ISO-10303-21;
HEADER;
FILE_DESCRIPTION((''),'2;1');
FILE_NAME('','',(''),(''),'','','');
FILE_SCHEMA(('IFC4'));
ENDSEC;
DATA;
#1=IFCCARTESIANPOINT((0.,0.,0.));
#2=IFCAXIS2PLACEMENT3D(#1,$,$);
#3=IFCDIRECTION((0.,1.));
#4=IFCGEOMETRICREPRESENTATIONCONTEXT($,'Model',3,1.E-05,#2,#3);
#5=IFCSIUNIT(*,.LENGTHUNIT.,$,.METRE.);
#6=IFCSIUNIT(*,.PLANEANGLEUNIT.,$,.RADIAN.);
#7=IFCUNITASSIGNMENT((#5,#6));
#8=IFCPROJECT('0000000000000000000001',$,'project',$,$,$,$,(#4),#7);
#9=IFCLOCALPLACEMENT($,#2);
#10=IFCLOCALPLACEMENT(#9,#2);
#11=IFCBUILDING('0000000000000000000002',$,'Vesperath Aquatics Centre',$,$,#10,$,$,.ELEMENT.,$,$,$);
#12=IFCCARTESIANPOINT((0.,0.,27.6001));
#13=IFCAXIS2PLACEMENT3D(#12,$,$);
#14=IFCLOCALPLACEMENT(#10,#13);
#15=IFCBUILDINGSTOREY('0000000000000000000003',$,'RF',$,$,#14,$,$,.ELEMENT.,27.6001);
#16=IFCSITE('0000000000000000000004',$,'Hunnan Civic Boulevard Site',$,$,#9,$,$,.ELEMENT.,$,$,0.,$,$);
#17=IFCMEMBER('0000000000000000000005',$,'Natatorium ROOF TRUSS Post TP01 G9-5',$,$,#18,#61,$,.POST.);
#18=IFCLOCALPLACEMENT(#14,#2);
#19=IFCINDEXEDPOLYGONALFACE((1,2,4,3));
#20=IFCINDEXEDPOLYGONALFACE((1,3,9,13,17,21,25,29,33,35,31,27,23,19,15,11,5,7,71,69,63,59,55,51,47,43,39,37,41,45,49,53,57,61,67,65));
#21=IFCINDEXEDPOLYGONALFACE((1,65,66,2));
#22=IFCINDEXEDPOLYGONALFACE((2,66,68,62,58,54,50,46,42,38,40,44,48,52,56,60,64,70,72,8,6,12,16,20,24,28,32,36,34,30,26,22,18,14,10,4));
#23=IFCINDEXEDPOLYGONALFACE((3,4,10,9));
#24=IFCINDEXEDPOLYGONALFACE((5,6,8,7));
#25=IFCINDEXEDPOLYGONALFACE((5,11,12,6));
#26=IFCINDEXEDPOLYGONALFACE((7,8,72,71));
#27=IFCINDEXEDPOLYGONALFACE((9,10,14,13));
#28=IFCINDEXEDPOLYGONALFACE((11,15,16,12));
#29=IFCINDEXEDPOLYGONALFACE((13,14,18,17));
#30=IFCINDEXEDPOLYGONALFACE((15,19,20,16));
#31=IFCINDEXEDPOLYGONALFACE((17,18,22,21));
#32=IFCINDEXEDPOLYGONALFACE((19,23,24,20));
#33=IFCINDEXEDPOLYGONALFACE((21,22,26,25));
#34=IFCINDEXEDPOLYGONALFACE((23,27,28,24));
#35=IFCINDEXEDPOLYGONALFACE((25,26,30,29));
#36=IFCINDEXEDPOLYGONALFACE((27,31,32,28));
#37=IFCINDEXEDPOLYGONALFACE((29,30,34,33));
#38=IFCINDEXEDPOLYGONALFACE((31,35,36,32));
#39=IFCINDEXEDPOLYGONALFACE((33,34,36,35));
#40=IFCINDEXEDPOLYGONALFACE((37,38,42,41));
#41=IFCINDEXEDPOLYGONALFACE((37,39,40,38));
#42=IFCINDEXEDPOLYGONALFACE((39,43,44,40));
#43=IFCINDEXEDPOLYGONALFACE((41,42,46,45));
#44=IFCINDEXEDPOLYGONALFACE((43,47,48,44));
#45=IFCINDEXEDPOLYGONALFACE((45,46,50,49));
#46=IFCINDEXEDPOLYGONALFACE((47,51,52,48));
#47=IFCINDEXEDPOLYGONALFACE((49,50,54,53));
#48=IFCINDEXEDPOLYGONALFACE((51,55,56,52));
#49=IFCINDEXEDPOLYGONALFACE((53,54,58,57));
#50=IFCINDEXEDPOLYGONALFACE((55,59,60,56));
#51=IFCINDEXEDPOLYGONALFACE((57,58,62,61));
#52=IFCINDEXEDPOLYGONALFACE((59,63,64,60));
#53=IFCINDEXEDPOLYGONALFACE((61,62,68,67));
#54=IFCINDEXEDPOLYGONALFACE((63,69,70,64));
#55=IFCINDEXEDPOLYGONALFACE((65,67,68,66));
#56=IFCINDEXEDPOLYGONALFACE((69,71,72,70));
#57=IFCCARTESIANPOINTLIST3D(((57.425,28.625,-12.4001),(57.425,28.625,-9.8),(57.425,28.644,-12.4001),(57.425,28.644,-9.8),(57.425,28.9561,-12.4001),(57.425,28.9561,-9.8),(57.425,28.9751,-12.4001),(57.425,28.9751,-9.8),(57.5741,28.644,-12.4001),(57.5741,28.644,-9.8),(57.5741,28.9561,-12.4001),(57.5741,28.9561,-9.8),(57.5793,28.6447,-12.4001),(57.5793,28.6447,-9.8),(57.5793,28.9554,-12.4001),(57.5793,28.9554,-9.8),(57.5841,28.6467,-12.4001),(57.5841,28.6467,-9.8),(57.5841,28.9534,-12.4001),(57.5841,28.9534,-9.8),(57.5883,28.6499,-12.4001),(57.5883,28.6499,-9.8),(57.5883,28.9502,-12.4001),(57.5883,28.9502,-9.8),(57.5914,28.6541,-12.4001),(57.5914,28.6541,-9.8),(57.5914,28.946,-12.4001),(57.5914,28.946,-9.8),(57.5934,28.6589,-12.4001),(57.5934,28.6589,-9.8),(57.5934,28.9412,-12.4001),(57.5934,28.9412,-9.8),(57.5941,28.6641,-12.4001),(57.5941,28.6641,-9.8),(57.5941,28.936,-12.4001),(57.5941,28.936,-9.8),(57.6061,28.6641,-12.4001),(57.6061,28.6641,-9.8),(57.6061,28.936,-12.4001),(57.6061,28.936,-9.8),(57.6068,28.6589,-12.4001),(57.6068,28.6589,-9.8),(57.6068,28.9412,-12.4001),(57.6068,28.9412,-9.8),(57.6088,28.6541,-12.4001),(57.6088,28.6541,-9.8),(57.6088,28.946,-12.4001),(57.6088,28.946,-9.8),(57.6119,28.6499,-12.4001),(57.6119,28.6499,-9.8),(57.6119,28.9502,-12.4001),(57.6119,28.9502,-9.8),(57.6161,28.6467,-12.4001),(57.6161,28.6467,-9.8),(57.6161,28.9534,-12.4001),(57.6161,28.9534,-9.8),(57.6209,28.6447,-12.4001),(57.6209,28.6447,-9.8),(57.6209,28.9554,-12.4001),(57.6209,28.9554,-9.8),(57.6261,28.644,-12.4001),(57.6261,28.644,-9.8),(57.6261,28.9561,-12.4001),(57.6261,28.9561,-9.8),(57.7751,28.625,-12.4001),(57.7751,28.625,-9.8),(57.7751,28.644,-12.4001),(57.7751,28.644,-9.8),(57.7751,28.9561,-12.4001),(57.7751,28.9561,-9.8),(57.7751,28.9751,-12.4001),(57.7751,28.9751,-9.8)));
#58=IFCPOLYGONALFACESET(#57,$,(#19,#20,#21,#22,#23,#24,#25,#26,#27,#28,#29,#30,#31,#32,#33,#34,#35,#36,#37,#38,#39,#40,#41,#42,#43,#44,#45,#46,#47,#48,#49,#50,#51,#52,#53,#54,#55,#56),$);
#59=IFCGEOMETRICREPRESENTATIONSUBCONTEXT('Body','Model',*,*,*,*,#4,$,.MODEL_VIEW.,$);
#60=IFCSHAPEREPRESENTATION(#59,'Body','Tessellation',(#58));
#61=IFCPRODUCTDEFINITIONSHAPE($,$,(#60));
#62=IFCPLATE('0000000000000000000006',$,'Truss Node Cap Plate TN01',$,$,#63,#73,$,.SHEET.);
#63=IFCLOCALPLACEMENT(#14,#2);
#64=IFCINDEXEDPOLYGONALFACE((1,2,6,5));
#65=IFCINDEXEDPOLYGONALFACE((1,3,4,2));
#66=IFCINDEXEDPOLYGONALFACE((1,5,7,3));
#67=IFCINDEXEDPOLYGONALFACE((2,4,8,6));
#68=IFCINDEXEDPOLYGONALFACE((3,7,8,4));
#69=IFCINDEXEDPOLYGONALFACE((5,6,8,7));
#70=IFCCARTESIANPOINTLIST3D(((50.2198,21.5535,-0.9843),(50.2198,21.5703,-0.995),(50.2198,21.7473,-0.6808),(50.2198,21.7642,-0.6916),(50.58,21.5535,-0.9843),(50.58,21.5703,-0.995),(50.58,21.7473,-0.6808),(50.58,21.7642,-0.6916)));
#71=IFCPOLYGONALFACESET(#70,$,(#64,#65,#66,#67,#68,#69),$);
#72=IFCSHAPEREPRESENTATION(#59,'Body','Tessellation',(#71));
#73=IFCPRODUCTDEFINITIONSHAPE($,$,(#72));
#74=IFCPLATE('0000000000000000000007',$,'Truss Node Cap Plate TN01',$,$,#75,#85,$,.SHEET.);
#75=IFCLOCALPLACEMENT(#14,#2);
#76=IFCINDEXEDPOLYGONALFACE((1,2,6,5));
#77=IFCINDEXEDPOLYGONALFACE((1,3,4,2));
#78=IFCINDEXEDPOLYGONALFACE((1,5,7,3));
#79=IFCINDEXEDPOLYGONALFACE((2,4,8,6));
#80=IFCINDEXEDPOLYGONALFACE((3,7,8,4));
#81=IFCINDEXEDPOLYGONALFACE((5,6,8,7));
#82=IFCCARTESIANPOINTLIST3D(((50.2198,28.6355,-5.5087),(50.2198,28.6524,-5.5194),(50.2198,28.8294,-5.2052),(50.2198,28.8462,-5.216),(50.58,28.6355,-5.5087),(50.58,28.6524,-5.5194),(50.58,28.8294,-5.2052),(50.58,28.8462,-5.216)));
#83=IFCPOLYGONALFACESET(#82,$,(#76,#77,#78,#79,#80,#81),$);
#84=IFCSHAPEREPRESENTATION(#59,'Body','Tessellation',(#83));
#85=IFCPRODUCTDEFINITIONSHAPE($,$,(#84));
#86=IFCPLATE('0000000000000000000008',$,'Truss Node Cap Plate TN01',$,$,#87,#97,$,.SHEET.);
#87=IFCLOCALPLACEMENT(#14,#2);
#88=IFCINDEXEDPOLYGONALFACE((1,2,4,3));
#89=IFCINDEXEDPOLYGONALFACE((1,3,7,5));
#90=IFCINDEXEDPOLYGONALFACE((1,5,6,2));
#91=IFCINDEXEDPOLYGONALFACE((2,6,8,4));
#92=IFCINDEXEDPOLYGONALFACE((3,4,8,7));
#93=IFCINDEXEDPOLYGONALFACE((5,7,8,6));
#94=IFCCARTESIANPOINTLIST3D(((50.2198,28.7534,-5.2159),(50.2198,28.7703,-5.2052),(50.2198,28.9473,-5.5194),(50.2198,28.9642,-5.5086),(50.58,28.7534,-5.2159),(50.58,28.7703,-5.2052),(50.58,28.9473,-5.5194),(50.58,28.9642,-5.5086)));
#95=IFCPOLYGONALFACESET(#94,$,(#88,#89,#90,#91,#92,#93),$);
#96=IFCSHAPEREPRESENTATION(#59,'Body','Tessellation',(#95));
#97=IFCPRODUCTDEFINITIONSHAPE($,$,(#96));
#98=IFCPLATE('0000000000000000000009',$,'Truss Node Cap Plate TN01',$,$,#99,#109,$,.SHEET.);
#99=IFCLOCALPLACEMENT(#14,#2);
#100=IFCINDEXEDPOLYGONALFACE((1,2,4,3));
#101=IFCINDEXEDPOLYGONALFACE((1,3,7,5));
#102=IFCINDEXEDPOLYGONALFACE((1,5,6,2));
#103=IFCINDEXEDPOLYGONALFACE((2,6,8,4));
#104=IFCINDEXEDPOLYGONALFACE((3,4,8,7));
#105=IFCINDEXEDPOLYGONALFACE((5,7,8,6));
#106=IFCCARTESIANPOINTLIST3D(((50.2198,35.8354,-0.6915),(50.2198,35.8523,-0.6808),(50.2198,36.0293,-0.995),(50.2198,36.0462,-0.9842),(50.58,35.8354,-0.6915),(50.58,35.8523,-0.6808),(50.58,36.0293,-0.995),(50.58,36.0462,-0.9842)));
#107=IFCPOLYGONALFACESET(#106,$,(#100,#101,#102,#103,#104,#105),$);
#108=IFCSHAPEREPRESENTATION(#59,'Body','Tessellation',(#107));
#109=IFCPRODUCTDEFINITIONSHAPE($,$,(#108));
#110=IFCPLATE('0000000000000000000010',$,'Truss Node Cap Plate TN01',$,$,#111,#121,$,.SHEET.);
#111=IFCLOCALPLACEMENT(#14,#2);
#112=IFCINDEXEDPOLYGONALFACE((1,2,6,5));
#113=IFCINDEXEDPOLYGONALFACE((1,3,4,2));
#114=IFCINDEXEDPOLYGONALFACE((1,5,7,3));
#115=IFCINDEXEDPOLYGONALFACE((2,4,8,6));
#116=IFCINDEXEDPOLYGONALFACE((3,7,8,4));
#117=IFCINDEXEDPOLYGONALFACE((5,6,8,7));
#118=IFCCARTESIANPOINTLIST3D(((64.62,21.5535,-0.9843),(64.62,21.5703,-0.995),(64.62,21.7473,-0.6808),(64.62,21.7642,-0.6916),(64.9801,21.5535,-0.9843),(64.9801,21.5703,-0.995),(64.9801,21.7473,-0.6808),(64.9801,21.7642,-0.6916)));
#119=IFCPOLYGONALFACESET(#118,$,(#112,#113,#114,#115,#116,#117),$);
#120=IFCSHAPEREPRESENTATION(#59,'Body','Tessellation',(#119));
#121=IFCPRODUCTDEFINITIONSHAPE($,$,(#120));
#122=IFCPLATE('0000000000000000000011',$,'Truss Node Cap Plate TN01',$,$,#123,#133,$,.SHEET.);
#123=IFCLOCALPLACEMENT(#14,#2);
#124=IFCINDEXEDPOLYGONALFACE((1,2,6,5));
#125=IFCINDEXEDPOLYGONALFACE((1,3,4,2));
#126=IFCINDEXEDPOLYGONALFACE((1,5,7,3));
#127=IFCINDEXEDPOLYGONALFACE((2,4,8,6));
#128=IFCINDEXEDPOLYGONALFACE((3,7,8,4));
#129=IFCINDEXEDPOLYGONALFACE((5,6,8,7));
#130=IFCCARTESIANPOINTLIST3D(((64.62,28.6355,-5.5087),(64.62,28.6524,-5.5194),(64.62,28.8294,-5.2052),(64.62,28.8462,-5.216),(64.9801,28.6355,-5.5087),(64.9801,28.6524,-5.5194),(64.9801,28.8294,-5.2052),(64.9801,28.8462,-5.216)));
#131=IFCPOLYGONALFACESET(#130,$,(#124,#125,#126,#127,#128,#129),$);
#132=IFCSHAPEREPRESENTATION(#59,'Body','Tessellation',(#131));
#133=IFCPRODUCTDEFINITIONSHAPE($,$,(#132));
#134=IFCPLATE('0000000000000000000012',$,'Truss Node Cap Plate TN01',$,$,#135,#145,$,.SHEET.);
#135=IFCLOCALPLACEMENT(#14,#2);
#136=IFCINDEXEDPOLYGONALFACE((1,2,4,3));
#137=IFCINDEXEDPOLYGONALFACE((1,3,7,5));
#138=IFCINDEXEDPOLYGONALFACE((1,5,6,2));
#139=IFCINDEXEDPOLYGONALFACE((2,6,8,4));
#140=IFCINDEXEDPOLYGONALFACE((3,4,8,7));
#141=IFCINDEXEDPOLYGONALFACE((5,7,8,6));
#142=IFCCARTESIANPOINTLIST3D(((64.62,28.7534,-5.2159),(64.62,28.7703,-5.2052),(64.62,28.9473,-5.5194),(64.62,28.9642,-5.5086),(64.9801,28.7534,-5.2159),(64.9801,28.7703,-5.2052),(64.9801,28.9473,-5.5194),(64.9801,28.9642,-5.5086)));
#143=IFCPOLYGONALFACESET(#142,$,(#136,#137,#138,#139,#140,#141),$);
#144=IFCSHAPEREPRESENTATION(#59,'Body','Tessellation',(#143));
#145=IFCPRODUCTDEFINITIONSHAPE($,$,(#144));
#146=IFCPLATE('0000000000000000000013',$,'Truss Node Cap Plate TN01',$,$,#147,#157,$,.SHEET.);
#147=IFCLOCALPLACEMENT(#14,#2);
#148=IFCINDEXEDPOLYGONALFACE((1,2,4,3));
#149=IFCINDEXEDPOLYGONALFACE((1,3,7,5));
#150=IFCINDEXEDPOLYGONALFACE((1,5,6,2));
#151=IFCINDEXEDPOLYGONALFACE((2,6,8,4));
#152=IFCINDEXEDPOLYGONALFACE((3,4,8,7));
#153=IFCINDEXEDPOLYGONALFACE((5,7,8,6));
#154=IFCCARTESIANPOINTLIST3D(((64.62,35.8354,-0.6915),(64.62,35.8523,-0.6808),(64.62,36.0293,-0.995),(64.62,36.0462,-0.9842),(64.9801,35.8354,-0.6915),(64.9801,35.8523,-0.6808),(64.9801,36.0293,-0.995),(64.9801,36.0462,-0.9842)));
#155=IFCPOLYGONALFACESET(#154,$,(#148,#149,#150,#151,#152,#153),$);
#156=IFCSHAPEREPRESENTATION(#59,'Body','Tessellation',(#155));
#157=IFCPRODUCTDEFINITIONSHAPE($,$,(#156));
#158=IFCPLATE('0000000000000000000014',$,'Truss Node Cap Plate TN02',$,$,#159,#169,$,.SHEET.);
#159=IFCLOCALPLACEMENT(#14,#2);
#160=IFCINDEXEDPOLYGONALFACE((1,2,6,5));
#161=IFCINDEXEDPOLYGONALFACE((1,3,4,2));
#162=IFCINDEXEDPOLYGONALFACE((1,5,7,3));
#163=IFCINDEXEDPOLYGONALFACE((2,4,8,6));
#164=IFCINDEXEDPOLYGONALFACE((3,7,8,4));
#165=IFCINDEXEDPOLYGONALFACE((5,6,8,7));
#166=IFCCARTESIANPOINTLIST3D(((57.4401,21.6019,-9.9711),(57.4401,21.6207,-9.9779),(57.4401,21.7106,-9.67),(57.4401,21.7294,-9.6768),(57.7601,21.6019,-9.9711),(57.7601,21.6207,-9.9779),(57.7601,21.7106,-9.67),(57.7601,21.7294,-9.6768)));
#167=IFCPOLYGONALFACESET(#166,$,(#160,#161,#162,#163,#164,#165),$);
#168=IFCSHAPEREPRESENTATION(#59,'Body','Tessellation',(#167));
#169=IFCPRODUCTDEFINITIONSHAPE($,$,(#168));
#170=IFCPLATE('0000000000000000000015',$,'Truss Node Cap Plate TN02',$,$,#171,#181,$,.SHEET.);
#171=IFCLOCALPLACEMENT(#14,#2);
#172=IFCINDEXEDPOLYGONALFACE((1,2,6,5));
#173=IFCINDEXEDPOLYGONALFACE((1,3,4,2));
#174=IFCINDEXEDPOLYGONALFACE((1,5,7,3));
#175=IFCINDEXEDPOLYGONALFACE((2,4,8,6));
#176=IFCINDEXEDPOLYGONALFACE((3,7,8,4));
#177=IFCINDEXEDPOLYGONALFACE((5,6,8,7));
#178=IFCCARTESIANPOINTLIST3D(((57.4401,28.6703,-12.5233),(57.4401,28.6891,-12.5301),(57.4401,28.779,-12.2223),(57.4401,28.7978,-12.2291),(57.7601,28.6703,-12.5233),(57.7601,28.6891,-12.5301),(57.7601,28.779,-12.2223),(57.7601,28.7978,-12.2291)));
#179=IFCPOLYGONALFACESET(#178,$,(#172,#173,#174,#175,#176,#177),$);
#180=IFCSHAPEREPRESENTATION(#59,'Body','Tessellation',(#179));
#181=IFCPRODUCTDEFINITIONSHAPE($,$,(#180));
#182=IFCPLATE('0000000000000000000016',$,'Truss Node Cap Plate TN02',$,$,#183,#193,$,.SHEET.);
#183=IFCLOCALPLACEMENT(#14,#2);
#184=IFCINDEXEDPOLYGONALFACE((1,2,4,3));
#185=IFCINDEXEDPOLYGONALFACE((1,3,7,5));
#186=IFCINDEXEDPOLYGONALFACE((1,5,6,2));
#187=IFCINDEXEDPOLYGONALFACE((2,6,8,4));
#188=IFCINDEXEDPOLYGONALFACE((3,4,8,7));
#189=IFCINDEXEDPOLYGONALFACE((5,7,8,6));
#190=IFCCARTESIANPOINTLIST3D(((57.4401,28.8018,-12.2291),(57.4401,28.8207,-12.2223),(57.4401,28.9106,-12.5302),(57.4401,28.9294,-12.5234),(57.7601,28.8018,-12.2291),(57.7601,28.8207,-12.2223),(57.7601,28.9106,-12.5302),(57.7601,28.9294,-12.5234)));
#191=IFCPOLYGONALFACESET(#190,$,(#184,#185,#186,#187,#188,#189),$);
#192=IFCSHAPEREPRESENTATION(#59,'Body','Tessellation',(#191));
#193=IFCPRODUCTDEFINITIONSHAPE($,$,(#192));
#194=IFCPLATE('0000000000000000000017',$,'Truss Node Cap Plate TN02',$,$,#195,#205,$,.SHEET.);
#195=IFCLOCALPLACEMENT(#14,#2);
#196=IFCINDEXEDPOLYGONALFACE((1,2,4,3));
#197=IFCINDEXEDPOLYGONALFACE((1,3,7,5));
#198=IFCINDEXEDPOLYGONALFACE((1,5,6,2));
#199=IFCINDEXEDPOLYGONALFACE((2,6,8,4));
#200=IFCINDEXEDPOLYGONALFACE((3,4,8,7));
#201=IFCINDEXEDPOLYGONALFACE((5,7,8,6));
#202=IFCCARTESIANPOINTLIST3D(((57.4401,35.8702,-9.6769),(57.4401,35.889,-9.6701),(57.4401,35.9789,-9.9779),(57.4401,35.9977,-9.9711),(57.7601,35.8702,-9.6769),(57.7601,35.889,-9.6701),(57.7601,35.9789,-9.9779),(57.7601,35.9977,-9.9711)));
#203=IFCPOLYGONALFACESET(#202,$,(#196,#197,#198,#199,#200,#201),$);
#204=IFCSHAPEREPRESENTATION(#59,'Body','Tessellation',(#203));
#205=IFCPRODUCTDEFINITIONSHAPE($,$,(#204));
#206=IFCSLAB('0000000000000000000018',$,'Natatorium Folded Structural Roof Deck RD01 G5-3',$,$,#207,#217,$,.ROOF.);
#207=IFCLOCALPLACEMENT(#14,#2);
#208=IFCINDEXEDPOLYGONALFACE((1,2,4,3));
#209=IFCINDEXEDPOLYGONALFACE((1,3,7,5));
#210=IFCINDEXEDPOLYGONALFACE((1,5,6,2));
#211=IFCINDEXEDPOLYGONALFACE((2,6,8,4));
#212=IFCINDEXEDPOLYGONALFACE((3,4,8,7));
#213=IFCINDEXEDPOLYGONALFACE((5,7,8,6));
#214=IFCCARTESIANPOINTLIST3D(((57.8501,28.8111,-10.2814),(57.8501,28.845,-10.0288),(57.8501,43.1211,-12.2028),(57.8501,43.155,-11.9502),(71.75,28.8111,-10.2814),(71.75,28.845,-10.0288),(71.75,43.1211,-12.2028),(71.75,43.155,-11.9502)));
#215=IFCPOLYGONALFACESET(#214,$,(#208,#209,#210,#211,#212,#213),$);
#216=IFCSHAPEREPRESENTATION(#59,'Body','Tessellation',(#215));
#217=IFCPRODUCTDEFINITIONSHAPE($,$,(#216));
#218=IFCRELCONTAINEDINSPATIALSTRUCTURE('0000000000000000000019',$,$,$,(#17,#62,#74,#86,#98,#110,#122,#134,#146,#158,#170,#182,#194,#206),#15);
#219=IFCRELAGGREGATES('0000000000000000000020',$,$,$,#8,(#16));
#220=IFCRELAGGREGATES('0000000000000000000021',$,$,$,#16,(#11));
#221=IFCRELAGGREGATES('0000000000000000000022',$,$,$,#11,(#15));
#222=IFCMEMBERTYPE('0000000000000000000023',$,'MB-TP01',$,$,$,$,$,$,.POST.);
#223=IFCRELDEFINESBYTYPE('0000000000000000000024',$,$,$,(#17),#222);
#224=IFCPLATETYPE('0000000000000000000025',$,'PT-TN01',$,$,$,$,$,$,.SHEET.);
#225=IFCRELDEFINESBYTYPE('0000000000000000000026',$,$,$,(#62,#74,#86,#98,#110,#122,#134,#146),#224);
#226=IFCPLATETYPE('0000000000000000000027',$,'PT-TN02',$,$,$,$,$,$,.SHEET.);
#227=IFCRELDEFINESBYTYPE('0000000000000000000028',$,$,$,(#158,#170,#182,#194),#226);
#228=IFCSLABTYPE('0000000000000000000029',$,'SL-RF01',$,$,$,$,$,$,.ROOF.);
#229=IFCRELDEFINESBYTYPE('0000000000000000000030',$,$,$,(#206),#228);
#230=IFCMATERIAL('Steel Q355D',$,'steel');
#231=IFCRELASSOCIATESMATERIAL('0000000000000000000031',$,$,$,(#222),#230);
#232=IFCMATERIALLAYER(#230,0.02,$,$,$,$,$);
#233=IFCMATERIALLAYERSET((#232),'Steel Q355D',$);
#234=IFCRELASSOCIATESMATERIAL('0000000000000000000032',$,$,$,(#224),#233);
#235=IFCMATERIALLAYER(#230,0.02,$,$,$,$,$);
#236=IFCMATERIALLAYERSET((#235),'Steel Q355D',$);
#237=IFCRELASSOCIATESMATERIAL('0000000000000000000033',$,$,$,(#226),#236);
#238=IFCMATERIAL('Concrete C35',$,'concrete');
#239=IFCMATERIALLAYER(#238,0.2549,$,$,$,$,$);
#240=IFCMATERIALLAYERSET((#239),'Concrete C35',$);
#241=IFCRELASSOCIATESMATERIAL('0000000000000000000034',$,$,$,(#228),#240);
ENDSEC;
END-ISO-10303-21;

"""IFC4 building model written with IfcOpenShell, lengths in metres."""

from ifc_helpers import new_model, si_unit, direction, frame, origin, origin_2d, place, context, subcontext, project, spatial, polyline, rectangle, i_section, outline, extrude, material, layer, layer_set, material_profile, profile_set, type_object, element, save


model = new_model("IFC4")

# Units and contexts
model_context = context("Model", 3, precision=1e-05, world=origin(), true_north=direction((0.0, 1.0)))
body_context = subcontext(model_context, "Body", "Model", "MODEL_VIEW")
ifc_project = project(units=[si_unit("LENGTHUNIT", "METRE"), si_unit("PLANEANGLEUNIT", "RADIAN")], contexts=[model_context])

# Site, building, storey
site_placement = place(None, origin())
site = spatial("IfcSite", under=ifc_project, at=site_placement, Name="Hunnan Civic Boulevard Site", CompositionType="ELEMENT", RefElevation=0.0)
building_placement = place(site_placement, origin())
building = spatial("IfcBuilding", under=site, at=building_placement, Name="Vesperath Aquatics Centre", CompositionType="ELEMENT")
storey_placement = place(building_placement, frame((0.0, 0.0, 27.6001)))
storey = spatial("IfcBuildingStorey", under=building, at=storey_placement, Name="RF", CompositionType="ELEMENT", Elevation=27.6001)

# Member
ifc_material_1 = material(Name="Steel Q355D", Category="steel")
ifc_material_profile_1 = material_profile(ifc_material_1, i_section(OverallWidth=0.3501, OverallDepth=0.3501, WebThickness=0.012, FlangeThickness=0.019, FilletRadius=0.02, at=origin_2d()), Name="HW 350x350x12x19")
ifc_profile_set_1 = profile_set([ifc_material_profile_1], Name="Steel Q355D")
member_type_1 = type_object("IfcMemberType", Name="MB-TP01", PredefinedType="POST", material=ifc_profile_set_1)
for number, where, z_axis, x_axis, name in (
    (1, (57.6001, 28.8, -12.4001), (0.0, 0.0, 1.0), (1.0, 0.0, 0.0), "Natatorium ROOF TRUSS Post TP01 G9-5"),
):
    element("IfcMember", number, at=place(storey_placement, frame(where, z_axis=z_axis, x_axis=x_axis)), inside=storey, type_object=member_type_1, Name=name, PredefinedType="POST", context=body_context, shape_type="SweptSolid", body=[
        extrude(i_section(OverallWidth=0.3501, OverallDepth=0.3501, WebThickness=0.012, FlangeThickness=0.019, FilletRadius=0.02, at=origin_2d()), origin(), (0.0, 0.0, 1.0), 2.6001),
    ])

# Plates
ifc_layer_1 = layer(ifc_material_1, 0.02)
ifc_layer_set_1 = layer_set([ifc_layer_1], Name="Steel Q355D")
plate_type_1 = type_object("IfcPlateType", Name="PT-TN01", PredefinedType="SHEET", material=ifc_layer_set_1)
for number, where, z_axis, x_axis, name in (
    (2, (50.3999, 21.6504, -0.8325), (0.0, 0.842696, -0.538389), (-1.0, 0.0, 0.0), "Truss Node Cap Plate TN01"),
    (3, (50.3999, 28.7324, -5.3569), (0.0, 0.842696, -0.538389), (-1.0, 0.0, 0.0), "Truss Node Cap Plate TN01"),
    (4, (50.3999, 28.8503, -5.3677), (0.0, 0.842696, 0.538389), (-1.0, 0.0, 0.0), "Truss Node Cap Plate TN01"),
    (5, (50.3999, 35.9324, -0.8433), (0.0, 0.842696, 0.538389), (-1.0, 0.0, 0.0), "Truss Node Cap Plate TN01"),
    (6, (64.8, 21.6504, -0.8325), (0.0, 0.842696, -0.538389), (-1.0, 0.0, 0.0), "Truss Node Cap Plate TN01"),
    (7, (64.8, 28.7324, -5.3569), (0.0, 0.842696, -0.538389), (-1.0, 0.0, 0.0), "Truss Node Cap Plate TN01"),
    (8, (64.8, 28.8503, -5.3677), (0.0, 0.842696, 0.538389), (-1.0, 0.0, 0.0), "Truss Node Cap Plate TN01"),
    (9, (64.8, 35.9324, -0.8433), (0.0, 0.842696, 0.538389), (-1.0, 0.0, 0.0), "Truss Node Cap Plate TN01"),
):
    element("IfcPlate", number, at=place(storey_placement, frame(where, z_axis=z_axis, x_axis=x_axis)), inside=storey, type_object=plate_type_1, Name=name, PredefinedType="SHEET", context=body_context, shape_type="SweptSolid", body=[
        extrude(rectangle(XDim=0.3601, YDim=0.3601, at=origin_2d()), origin(), (0.0, 0.0, 1.0), 0.02),
    ])
ifc_layer_2 = layer(ifc_material_1, 0.02)
ifc_layer_set_2 = layer_set([ifc_layer_2], Name="Steel Q355D")
plate_type_2 = type_object("IfcPlateType", Name="PT-TN02", PredefinedType="SHEET", material=ifc_layer_set_2)
for number, where, z_axis, x_axis, name in (
    (10, (57.6001, 21.6562, -9.8206), (0.0, 0.940554, -0.339644), (-1.0, 0.0, 0.0), "Truss Node Cap Plate TN02"),
    (11, (57.6001, 28.7246, -12.3728), (0.0, 0.940554, -0.339644), (-1.0, 0.0, 0.0), "Truss Node Cap Plate TN02"),
    (12, (57.6001, 28.8562, -12.3796), (0.0, 0.940554, 0.339644), (-1.0, 0.0, 0.0), "Truss Node Cap Plate TN02"),
    (13, (57.6001, 35.9246, -9.8274), (0.0, 0.940554, 0.339644), (-1.0, 0.0, 0.0), "Truss Node Cap Plate TN02"),
):
    element("IfcPlate", number, at=place(storey_placement, frame(where, z_axis=z_axis, x_axis=x_axis)), inside=storey, type_object=plate_type_2, Name=name, PredefinedType="SHEET", context=body_context, shape_type="SweptSolid", body=[
        extrude(rectangle(XDim=0.3201, YDim=0.3201, at=origin_2d()), origin(), (0.0, 0.0, 1.0), 0.02),
    ])

# Slab
ifc_material_2 = material(Name="Concrete C35", Category="concrete")
ifc_layer_3 = layer(ifc_material_2, 0.2549)
ifc_layer_set_3 = layer_set([ifc_layer_3], Name="Concrete C35")
slab_type = type_object("IfcSlabType", Name="SL-RF01", PredefinedType="ROOF", material=ifc_layer_set_3)
slab_placement = place(storey_placement, frame((57.8501, 28.845, -10.0288), z_axis=(0.0, 0.133074, 0.991106), x_axis=(1.0, 0.0, 0.0)))
element("IfcSlab", 14, at=slab_placement, inside=storey, type_object=slab_type, Name="Natatorium Folded Structural Roof Deck RD01 G5-3", PredefinedType="ROOF", context=body_context, shape_type="SweptSolid", body=[
    extrude(outline(polyline([(0.0, 0.0), (13.8999, 0.0), (13.8999, 14.4385), (0.0, 14.4385), (0.0, 0.0)])), origin(), (0.0, 0.0, -1.0), 0.2549),
])

save(model, "model.ifc")
